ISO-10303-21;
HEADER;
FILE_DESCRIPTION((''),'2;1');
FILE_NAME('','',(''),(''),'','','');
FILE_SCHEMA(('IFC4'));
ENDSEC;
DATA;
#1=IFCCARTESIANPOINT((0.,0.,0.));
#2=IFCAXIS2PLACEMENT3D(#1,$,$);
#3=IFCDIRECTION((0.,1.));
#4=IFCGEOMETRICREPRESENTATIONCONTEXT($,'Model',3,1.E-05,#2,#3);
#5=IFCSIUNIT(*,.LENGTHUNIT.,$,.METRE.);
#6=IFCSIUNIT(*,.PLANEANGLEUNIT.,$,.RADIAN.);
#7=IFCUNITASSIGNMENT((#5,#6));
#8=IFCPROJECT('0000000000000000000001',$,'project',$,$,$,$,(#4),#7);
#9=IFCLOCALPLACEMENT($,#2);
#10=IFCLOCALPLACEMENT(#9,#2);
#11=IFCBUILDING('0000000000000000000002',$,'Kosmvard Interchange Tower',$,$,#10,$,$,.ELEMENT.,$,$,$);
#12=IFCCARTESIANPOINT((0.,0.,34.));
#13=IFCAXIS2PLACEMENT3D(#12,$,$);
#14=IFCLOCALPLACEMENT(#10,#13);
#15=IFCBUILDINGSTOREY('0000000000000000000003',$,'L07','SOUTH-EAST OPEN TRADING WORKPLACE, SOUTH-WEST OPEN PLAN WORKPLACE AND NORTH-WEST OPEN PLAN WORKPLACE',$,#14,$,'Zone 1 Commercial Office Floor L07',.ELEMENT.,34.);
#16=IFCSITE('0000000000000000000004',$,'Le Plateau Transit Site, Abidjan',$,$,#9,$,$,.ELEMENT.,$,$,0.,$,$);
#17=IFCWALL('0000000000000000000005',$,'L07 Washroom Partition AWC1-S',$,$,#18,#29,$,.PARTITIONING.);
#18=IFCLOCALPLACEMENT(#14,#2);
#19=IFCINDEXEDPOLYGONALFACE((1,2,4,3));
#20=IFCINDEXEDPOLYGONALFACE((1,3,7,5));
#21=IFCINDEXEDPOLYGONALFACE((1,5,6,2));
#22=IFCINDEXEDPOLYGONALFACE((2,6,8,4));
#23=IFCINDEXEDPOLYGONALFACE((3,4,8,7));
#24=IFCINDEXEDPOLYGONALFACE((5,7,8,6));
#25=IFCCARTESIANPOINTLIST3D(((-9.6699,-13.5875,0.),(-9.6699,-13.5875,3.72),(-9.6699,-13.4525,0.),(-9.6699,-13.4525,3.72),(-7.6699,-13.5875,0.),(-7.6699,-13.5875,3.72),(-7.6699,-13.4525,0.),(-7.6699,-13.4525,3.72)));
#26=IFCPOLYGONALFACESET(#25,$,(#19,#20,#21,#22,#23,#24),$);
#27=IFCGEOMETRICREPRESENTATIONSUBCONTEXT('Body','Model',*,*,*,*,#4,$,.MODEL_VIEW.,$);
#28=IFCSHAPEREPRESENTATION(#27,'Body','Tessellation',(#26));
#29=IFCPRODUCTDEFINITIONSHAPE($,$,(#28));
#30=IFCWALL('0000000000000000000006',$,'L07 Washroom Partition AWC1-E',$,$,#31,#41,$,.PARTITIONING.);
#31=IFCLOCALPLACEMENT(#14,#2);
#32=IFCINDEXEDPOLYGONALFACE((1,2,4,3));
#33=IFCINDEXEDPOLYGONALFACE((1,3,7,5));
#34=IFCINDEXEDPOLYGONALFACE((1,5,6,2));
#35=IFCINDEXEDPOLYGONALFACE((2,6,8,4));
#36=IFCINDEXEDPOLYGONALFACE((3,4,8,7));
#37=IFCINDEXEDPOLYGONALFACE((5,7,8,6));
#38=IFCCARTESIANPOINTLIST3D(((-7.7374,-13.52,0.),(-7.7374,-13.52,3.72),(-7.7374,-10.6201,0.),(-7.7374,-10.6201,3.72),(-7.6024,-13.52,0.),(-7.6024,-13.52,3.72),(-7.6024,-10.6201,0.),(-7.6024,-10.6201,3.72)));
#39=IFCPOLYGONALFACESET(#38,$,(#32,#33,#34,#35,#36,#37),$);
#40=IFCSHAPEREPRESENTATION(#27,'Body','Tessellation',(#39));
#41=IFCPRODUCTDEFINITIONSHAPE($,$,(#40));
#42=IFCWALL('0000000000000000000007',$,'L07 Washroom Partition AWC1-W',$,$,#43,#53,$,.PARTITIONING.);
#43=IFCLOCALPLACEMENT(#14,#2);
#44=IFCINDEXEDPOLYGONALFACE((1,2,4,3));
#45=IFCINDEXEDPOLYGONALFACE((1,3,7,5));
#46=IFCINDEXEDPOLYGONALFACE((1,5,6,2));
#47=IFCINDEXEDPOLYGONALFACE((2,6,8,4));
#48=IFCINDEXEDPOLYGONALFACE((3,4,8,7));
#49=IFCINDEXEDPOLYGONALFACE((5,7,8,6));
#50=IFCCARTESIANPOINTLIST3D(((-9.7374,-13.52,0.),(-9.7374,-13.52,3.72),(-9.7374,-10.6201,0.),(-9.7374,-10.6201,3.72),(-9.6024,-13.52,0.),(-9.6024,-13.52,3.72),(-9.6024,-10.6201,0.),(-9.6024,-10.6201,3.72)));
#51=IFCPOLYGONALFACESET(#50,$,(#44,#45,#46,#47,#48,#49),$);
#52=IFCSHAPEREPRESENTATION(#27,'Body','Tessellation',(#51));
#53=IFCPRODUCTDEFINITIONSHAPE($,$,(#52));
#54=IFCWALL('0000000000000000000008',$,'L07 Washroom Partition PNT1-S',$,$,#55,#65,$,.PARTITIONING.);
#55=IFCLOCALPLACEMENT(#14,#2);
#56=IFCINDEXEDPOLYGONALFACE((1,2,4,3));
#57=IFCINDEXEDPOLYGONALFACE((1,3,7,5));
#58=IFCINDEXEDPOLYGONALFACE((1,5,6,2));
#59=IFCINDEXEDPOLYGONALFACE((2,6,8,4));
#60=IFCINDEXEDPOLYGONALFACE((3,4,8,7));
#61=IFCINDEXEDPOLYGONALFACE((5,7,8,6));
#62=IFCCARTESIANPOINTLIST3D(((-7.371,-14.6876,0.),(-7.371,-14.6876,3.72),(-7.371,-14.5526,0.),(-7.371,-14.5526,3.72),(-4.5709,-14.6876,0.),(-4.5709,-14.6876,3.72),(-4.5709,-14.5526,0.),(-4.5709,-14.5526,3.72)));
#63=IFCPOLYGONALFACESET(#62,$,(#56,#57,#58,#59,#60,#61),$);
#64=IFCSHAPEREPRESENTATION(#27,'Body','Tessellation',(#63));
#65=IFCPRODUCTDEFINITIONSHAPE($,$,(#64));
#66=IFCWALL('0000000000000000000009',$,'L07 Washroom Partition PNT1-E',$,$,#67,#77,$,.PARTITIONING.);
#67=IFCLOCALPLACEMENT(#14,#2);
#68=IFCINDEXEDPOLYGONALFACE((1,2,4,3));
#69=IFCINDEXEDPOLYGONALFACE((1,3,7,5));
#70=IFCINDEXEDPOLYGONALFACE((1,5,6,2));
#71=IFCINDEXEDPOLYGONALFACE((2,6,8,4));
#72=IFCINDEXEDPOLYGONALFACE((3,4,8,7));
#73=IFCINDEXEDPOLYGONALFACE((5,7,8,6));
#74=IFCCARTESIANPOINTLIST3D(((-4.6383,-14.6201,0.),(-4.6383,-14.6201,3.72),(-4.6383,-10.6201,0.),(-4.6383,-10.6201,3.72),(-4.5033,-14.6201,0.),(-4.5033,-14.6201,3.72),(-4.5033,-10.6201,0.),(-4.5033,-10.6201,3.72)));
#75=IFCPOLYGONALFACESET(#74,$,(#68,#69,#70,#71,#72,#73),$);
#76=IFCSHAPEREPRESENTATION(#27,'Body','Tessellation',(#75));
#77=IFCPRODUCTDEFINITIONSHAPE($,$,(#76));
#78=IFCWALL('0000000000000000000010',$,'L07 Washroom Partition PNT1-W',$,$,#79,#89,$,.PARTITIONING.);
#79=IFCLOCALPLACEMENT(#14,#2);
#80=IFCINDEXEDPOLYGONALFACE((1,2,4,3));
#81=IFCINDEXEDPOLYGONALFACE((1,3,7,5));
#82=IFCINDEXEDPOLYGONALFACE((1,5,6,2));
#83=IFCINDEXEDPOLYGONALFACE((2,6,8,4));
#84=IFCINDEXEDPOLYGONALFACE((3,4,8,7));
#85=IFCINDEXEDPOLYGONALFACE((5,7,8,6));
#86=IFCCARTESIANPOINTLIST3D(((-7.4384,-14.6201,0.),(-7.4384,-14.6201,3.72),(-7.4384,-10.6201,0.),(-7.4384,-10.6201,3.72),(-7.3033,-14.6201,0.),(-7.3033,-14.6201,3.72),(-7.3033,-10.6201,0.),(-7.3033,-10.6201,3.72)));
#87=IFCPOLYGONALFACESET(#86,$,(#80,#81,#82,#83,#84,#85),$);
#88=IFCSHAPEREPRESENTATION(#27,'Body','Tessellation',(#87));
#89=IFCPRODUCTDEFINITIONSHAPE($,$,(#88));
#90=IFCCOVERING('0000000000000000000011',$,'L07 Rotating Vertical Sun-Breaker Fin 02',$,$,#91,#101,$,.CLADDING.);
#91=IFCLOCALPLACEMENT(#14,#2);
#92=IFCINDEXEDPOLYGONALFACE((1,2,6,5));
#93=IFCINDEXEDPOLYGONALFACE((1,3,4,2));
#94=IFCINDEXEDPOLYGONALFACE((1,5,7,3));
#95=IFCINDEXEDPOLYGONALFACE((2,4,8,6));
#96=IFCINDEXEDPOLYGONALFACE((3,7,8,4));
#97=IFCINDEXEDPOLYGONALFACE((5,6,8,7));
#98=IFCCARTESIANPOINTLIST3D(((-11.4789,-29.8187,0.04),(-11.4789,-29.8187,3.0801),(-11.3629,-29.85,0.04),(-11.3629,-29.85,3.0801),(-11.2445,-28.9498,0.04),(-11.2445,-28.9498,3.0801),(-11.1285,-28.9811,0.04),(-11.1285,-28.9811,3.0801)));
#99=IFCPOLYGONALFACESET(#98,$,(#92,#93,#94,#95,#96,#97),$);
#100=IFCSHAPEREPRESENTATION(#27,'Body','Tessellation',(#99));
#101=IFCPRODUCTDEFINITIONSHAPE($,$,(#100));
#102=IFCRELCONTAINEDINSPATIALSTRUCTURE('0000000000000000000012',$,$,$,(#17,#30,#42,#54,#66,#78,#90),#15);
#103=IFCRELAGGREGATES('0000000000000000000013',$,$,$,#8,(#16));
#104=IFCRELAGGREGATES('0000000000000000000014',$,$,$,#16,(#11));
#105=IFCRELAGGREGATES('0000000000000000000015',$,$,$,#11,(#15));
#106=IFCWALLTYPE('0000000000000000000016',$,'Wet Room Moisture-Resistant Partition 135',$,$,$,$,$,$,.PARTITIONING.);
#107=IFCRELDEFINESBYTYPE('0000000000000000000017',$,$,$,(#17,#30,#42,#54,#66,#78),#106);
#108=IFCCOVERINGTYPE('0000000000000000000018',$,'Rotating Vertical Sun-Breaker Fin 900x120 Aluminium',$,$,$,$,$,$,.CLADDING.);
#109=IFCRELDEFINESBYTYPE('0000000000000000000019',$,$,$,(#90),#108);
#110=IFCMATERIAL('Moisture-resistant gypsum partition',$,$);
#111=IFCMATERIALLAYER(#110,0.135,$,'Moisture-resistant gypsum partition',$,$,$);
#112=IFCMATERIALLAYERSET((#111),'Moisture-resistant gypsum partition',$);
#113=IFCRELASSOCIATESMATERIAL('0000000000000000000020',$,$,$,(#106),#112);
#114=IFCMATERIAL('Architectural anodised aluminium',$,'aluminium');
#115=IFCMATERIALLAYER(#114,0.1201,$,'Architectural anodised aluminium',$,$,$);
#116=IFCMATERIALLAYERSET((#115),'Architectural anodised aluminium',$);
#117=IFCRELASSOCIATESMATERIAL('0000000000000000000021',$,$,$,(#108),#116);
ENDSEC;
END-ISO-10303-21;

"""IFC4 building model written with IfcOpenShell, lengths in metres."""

from ifc_helpers import new_model, si_unit, direction, frame, frame_2d, origin, origin_2d, place, context, subcontext, project, spatial, rectangle, extrude, source, transform, mapped, material, layer, layer_set, type_object, element, save


model = new_model("IFC4")

# Units and contexts
model_context = context("Model", 3, precision=1e-05, world=origin(), true_north=direction((0.0, 1.0)))
body_context = subcontext(model_context, "Body", "Model", "MODEL_VIEW")
ifc_project = project(units=[si_unit("LENGTHUNIT", "METRE"), si_unit("PLANEANGLEUNIT", "RADIAN")], contexts=[model_context])

# Site, building, storey
site_placement = place(None, origin())
site = spatial("IfcSite", under=ifc_project, at=site_placement, Name="Le Plateau Transit Site, Abidjan", CompositionType="ELEMENT", RefElevation=0.0)
building_placement = place(site_placement, origin())
building = spatial("IfcBuilding", under=site, at=building_placement, Name="Kosmvard Interchange Tower", CompositionType="ELEMENT")
storey_placement = place(building_placement, frame((0.0, 0.0, 34.0)))
storey = spatial("IfcBuildingStorey", under=building, at=storey_placement, Name="L07", Description="SOUTH-EAST OPEN TRADING WORKPLACE, SOUTH-WEST OPEN PLAN WORKPLACE AND NORTH-WEST OPEN PLAN WORKPLACE", LongName="Zone 1 Commercial Office Floor L07", CompositionType="ELEMENT", Elevation=34.0)

# Walls
ifc_material_1 = material(Name="Moisture-resistant gypsum partition")
ifc_layer_1 = layer(ifc_material_1, 0.135, Name="Moisture-resistant gypsum partition")
ifc_layer_set_1 = layer_set([ifc_layer_1], Name="Moisture-resistant gypsum partition")
wall_type_1 = type_object("IfcWallType", Name="Wet Room Moisture-Resistant Partition 135", PredefinedType="PARTITIONING", material=ifc_layer_set_1)
wall_1_placement = place(storey_placement, frame((-9.6699, -13.52, 0.0), z_axis=(0.0, 0.0, 1.0), x_axis=(1.0, 0.0, 0.0)))
element("IfcWall", 1, at=wall_1_placement, inside=storey, type_object=wall_type_1, Name="L07 Washroom Partition AWC1-S", PredefinedType="PARTITIONING", context=body_context, shape_type="SweptSolid", body=[
    extrude(rectangle(XDim=2.0, YDim=0.135, at=frame_2d((1.0, 0.0))), origin(), (0.0, 0.0, 1.0), 3.72),
])
for number, where, z_axis, x_axis, name in (
    (2, (-7.6699, -13.52, 0.0), (0.0, 0.0, 1.0), (0.0, 1.0, 0.0), "L07 Washroom Partition AWC1-E"),
    (3, (-9.6699, -13.52, 0.0), (0.0, 0.0, 1.0), (0.0, 1.0, 0.0), "L07 Washroom Partition AWC1-W"),
):
    element("IfcWall", number, at=place(storey_placement, frame(where, z_axis=z_axis, x_axis=x_axis)), inside=storey, type_object=wall_type_1, Name=name, PredefinedType="PARTITIONING", context=body_context, shape_type="SweptSolid", body=[
        extrude(rectangle(XDim=2.8999, YDim=0.135, at=frame_2d((1.45, 0.0))), origin(), (0.0, 0.0, 1.0), 3.72),
    ])
wall_2_placement = place(storey_placement, frame((-7.3708, -14.6201, 0.0), z_axis=(0.0, 0.0, 1.0), x_axis=(1.0, 0.0, 0.0)))
element("IfcWall", 4, at=wall_2_placement, inside=storey, type_object=wall_type_1, Name="L07 Washroom Partition PNT1-S", PredefinedType="PARTITIONING", context=body_context, shape_type="SweptSolid", body=[
    extrude(rectangle(XDim=2.8, YDim=0.135, at=frame_2d((1.3999, 0.0))), origin(), (0.0, 0.0, 1.0), 3.72),
])
for number, where, z_axis, x_axis, name in (
    (5, (-4.5708, -14.6201, 0.0), (0.0, 0.0, 1.0), (0.0, 1.0, 0.0), "L07 Washroom Partition PNT1-E"),
    (6, (-7.3708, -14.6201, 0.0), (0.0, 0.0, 1.0), (0.0, 1.0, 0.0), "L07 Washroom Partition PNT1-W"),
):
    element("IfcWall", number, at=place(storey_placement, frame(where, z_axis=z_axis, x_axis=x_axis)), inside=storey, type_object=wall_type_1, Name=name, PredefinedType="PARTITIONING", context=body_context, shape_type="SweptSolid", body=[
        extrude(rectangle(XDim=4.0, YDim=0.135, at=frame_2d((2.0, 0.0))), origin(), (0.0, 0.0, 1.0), 3.72),
    ])

# Covering
ifc_material_2 = material(Name="Architectural anodised aluminium", Category="aluminium")
ifc_layer_2 = layer(ifc_material_2, 0.1201, Name="Architectural anodised aluminium")
ifc_layer_set_2 = layer_set([ifc_layer_2], Name="Architectural anodised aluminium")
covering_type = type_object("IfcCoveringType", Name="Rotating Vertical Sun-Breaker Fin 900x120 Aluminium", PredefinedType="CLADDING", material=ifc_layer_set_2)
shared_shape_1 = source(origin(), body_context, "Body", "SweptSolid", [
    extrude(rectangle(XDim=0.8999, YDim=0.1201, at=origin_2d()), origin(), (0.0, 0.0, 1.0), 3.04),
])
covering_placement = place(storey_placement, frame((-11.3037, -29.3999, 0.04), z_axis=(0.0, 0.0, 1.0), x_axis=(-0.260505, -0.965473, 0.0)))
element("IfcCovering", 7, at=covering_placement, inside=storey, type_object=covering_type, Name="L07 Rotating Vertical Sun-Breaker Fin 02", PredefinedType="CLADDING", context=body_context, shape_type="MappedRepresentation", body=[
    mapped(shared_shape_1, transform((0.0, 0.0, 0.0), scale=1.0)),
])

save(model, "model.ifc")
